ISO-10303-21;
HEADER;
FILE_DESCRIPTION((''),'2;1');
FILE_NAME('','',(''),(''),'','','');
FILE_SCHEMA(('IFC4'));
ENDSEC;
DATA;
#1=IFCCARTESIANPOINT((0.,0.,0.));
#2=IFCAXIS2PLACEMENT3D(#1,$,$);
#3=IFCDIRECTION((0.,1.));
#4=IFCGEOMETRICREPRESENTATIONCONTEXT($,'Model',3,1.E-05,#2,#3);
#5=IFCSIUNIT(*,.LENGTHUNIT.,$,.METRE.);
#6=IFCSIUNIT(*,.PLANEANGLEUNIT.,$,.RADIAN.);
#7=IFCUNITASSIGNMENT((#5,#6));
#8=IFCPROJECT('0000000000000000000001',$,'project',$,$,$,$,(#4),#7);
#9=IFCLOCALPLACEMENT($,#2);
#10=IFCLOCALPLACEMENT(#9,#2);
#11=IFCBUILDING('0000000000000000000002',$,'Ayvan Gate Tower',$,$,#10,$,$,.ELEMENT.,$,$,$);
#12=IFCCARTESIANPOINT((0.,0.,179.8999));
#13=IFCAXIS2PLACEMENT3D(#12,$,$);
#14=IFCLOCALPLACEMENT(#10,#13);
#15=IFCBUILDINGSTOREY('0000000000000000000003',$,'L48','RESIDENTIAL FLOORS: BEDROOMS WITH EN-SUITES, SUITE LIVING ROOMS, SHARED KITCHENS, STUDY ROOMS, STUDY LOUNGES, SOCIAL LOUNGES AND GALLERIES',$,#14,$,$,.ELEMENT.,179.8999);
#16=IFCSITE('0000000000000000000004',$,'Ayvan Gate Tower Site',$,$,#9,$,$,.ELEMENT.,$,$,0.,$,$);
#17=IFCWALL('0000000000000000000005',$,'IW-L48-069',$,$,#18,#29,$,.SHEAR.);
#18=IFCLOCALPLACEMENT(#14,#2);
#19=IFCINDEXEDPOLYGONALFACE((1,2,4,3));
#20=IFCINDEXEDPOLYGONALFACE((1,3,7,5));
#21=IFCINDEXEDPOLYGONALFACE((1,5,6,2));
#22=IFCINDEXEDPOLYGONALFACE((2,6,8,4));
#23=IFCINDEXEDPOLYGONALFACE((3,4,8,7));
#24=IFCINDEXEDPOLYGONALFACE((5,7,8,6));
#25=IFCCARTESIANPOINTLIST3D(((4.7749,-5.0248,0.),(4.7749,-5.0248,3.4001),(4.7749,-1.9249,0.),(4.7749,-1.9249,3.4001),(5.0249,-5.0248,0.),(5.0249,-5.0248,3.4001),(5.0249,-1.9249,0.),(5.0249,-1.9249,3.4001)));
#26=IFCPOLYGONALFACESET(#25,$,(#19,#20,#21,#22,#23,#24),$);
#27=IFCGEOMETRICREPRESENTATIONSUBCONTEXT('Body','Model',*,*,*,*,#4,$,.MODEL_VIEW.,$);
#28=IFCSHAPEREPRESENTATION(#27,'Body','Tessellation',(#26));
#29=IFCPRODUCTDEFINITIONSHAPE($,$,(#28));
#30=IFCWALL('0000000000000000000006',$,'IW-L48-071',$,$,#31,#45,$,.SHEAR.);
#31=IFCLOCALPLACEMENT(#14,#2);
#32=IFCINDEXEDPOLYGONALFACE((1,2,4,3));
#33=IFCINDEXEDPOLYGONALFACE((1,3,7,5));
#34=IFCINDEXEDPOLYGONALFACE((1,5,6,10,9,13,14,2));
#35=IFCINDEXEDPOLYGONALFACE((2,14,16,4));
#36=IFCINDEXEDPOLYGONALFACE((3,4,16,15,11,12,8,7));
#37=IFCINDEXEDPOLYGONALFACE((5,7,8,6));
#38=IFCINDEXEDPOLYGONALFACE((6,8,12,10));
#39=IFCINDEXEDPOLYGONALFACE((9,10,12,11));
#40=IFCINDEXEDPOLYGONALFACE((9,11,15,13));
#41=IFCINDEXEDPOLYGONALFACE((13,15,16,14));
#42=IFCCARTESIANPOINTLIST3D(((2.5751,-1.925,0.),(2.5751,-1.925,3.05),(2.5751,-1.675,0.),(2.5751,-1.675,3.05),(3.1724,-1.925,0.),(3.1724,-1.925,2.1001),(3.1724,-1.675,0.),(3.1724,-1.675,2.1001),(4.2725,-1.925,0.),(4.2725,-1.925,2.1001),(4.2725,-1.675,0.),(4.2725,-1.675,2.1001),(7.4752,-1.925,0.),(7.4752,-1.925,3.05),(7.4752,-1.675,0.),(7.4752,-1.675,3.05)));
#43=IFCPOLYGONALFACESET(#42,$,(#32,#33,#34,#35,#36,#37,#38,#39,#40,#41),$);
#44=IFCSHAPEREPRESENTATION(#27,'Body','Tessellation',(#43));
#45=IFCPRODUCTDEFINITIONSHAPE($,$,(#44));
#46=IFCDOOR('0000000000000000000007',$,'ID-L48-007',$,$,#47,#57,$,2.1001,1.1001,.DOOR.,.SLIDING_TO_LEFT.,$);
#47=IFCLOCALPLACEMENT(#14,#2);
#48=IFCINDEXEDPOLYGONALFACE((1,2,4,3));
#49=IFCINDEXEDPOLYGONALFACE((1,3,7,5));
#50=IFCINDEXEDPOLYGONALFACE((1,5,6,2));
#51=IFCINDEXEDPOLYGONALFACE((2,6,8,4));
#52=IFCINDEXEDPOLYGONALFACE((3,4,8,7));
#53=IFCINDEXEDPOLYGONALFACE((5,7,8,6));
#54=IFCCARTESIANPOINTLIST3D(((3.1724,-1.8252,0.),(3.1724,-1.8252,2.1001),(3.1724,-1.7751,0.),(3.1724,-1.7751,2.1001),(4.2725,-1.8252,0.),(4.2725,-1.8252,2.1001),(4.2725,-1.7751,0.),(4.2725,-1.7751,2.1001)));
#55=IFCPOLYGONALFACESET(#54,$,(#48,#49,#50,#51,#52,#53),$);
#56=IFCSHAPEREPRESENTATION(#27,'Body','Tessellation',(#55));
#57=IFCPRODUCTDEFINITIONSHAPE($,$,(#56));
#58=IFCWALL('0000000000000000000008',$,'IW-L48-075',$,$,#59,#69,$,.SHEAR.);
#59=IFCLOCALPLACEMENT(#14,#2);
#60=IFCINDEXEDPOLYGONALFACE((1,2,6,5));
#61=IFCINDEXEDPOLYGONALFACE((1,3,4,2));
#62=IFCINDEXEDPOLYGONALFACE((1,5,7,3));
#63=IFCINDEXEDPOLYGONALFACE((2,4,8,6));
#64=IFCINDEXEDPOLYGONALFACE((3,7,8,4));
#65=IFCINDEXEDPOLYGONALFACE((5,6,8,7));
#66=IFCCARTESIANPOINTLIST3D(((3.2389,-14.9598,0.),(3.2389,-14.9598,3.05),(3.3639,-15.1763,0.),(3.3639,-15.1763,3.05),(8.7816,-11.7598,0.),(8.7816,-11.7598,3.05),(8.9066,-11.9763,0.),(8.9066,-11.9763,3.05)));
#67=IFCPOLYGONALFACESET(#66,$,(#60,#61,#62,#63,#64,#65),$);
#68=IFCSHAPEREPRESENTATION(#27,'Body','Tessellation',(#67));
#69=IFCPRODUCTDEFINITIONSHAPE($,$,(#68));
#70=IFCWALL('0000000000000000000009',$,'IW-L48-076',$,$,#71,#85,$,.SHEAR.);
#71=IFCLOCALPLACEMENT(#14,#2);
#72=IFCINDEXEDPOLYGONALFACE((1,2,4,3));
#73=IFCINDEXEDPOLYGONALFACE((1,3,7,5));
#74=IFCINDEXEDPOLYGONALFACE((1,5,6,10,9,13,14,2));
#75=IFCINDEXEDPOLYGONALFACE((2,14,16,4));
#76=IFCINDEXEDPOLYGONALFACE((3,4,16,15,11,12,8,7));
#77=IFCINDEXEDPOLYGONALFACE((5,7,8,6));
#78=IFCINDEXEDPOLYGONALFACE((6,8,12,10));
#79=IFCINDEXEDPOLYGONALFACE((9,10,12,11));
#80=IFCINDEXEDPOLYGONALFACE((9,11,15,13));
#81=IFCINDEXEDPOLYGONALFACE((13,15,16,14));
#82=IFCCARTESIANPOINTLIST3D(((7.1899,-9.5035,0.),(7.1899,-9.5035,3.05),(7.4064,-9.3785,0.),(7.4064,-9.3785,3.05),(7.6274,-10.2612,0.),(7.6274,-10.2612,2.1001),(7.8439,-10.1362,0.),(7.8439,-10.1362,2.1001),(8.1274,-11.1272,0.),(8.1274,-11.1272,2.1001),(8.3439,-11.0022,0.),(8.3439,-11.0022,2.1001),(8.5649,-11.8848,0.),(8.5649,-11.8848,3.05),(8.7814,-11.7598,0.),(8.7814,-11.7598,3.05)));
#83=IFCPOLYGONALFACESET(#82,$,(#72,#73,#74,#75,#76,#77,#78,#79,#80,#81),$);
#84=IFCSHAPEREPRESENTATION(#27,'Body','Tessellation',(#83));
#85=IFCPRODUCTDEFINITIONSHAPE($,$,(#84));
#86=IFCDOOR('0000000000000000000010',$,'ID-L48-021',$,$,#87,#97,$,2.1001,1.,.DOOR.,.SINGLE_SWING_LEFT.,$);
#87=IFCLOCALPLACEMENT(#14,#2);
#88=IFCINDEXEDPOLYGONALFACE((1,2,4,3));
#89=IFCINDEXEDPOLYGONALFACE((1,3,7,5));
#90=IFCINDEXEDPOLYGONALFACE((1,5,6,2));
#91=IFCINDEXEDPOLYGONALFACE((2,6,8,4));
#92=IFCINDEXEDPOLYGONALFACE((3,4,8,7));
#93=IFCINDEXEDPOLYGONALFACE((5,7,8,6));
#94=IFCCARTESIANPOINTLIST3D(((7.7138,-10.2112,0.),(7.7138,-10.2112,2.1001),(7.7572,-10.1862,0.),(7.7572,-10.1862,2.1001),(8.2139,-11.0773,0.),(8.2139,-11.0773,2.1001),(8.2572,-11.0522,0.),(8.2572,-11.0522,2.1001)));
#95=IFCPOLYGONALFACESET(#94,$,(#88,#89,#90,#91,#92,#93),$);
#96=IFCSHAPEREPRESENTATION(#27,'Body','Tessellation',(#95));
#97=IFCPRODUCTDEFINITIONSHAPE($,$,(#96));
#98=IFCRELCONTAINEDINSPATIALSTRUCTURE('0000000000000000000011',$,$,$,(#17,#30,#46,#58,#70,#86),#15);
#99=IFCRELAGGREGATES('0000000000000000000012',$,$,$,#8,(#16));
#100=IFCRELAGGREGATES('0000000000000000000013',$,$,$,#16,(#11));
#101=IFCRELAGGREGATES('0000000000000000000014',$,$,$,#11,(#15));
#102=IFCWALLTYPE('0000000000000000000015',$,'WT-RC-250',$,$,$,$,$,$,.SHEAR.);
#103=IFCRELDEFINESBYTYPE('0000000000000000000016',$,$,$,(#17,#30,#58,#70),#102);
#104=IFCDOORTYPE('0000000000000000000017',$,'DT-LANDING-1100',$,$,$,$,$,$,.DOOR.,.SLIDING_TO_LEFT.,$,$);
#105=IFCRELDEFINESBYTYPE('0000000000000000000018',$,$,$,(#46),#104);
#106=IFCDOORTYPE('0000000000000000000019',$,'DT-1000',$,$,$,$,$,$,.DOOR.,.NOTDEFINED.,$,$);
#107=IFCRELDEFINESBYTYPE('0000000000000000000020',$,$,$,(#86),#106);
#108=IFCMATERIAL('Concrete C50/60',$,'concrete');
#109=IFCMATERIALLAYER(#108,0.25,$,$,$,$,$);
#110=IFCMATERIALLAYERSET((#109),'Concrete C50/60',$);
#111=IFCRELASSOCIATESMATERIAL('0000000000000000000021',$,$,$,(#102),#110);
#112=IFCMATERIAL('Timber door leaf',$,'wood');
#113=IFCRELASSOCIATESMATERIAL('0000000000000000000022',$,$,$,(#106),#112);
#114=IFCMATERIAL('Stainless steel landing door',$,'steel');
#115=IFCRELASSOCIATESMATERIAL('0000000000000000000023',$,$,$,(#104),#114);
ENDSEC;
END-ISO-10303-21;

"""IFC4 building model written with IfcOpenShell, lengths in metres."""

from ifc_helpers import new_model, si_unit, direction, frame, frame_2d, origin, place, context, subcontext, project, spatial, rectangle, extrude, material, layer, layer_set, type_object, element, fill, save


model = new_model("IFC4")

# Units and contexts
model_context = context("Model", 3, precision=1e-05, world=origin(), true_north=direction((0.0, 1.0)))
body_context = subcontext(model_context, "Body", "Model", "MODEL_VIEW")
ifc_project = project(units=[si_unit("LENGTHUNIT", "METRE"), si_unit("PLANEANGLEUNIT", "RADIAN")], contexts=[model_context])

# Site, building, storey
site_placement = place(None, origin())
site = spatial("IfcSite", under=ifc_project, at=site_placement, Name="Ayvan Gate Tower Site", CompositionType="ELEMENT", RefElevation=0.0)
building_placement = place(site_placement, origin())
building = spatial("IfcBuilding", under=site, at=building_placement, Name="Ayvan Gate Tower", CompositionType="ELEMENT")
storey_placement = place(building_placement, frame((0.0, 0.0, 179.8999)))
storey = spatial("IfcBuildingStorey", under=building, at=storey_placement, Name="L48", Description="RESIDENTIAL FLOORS: BEDROOMS WITH EN-SUITES, SUITE LIVING ROOMS, SHARED KITCHENS, STUDY ROOMS, STUDY LOUNGES, SOCIAL LOUNGES AND GALLERIES", CompositionType="ELEMENT", Elevation=179.8999)

# Shared definitions
ifc_material_1 = material(Name="Timber door leaf", Category="wood")

# Shared definitions
ifc_material_2 = material(Name="Concrete C50/60", Category="concrete")
ifc_layer_1 = layer(ifc_material_2, 0.25)
ifc_layer_set_1 = layer_set([ifc_layer_1], Name="Concrete C50/60")
wall_type_1 = type_object("IfcWallType", Name="WT-RC-250", PredefinedType="SHEAR", material=ifc_layer_set_1)
door_type_1 = type_object("IfcDoorType", Name="DT-1000", OperationType="NOTDEFINED", PredefinedType="DOOR", material=ifc_material_1)

# Wall
wall_1_placement = place(storey_placement, frame((4.8999, -1.925, 0.0), z_axis=(0.0, 0.0, 1.0), x_axis=(0.0, -1.0, 0.0)))
element("IfcWall", 1, at=wall_1_placement, inside=storey, type_object=wall_type_1, Name="IW-L48-069", PredefinedType="SHEAR", context=body_context, shape_type="SweptSolid", body=[
    extrude(rectangle(XDim=3.0999, YDim=0.25, at=frame_2d((1.5498, 0.0))), origin(), (0.0, 0.0, 1.0), 3.4001),
])

# Wall, opening, door
wall_2_placement = place(storey_placement, frame((2.575, -1.8, 0.0), z_axis=(0.0, 0.0, 1.0), x_axis=(1.0, 0.0, 0.0)))
wall_2 = element("IfcWall", 2, at=wall_2_placement, inside=storey, type_object=wall_type_1, Name="IW-L48-071", PredefinedType="SHEAR", context=body_context, shape_type="SweptSolid", body=[
    extrude(rectangle(XDim=4.9001, YDim=0.25, at=frame_2d((2.4502, 0.0))), origin(), (0.0, 0.0, 1.0), 3.05),
])
opening_1_placement = place(wall_2_placement, frame((0.5974, 0.0, 0.0)))
opening_1 = element("IfcOpeningElement", 3, at=opening_1_placement, cuts=wall_2, PredefinedType="OPENING", context=body_context, shape_type="SweptSolid", body=[
    extrude(rectangle(XDim=1.1001, YDim=2.1001, at=frame_2d((0.55, 1.05))), frame((0.0, 0.135, 0.0), z_axis=(0.0, -1.0, 0.0), x_axis=(1.0, 0.0, 0.0)), (0.0, 0.0, 1.0), 0.27),
])
ifc_material_3 = material(Name="Stainless steel landing door", Category="steel")
door_type_2 = type_object("IfcDoorType", Name="DT-LANDING-1100", OperationType="SLIDING_TO_LEFT", PredefinedType="DOOR", material=ifc_material_3)
door_1_placement = place(opening_1_placement, origin())
door_1 = element("IfcDoor", 4, at=door_1_placement, inside=storey, type_object=door_type_2, Name="ID-L48-007", OperationType="SLIDING_TO_LEFT", OverallHeight=2.1001, OverallWidth=1.1001, PredefinedType="DOOR", context=body_context, shape_type="SweptSolid", body=[
    extrude(rectangle(XDim=1.1001, YDim=2.1001, at=frame_2d((0.55, 1.05))), frame((0.0, 0.0249, 0.0), z_axis=(0.0, -1.0, 0.0), x_axis=(1.0, 0.0, 0.0)), (0.0, 0.0, 1.0), 0.05),
])
fill(opening_1, door_1)

# Wall
wall_3_placement = place(storey_placement, frame((3.3013, -15.0681, 0.0), z_axis=(0.0, 0.0, 1.0), x_axis=(0.866035, 0.499983, 0.0)))
element("IfcWall", 5, at=wall_3_placement, inside=storey, type_object=wall_type_1, Name="IW-L48-075", PredefinedType="SHEAR", context=body_context, shape_type="SweptSolid", body=[
    extrude(rectangle(XDim=6.4001, YDim=0.25, at=frame_2d((3.2002, 0.0))), origin(), (0.0, 0.0, 1.0), 3.05),
])

# Wall, opening, door
wall_4_placement = place(storey_placement, frame((7.2981, -9.4409, 0.0), z_axis=(0.0, 0.0, 1.0), x_axis=(0.500035, -0.866005, 0.0)))
wall_4 = element("IfcWall", 6, at=wall_4_placement, inside=storey, type_object=wall_type_1, Name="IW-L48-076", PredefinedType="SHEAR", context=body_context, shape_type="SweptSolid", body=[
    extrude(rectangle(XDim=2.7498, YDim=0.25, at=frame_2d((1.375, 0.0))), origin(), (0.0, 0.0, 1.0), 3.05),
])
opening_2_placement = place(wall_4_placement, frame((0.875, 0.0, 0.0)))
opening_2 = element("IfcOpeningElement", 7, at=opening_2_placement, cuts=wall_4, PredefinedType="OPENING", context=body_context, shape_type="SweptSolid", body=[
    extrude(rectangle(XDim=1.0, YDim=2.1001, at=frame_2d((0.5, 1.05))), frame((0.0, 0.135, 0.0), z_axis=(0.0, -1.0, 0.0), x_axis=(1.0, 0.0, 0.0)), (0.0, 0.0, 1.0), 0.27),
])
door_2_placement = place(opening_2_placement, origin())
door_2 = element("IfcDoor", 8, at=door_2_placement, inside=storey, type_object=door_type_1, Name="ID-L48-021", OperationType="SINGLE_SWING_LEFT", OverallHeight=2.1001, OverallWidth=1.0, PredefinedType="DOOR", context=body_context, shape_type="SweptSolid", body=[
    extrude(rectangle(XDim=1.0, YDim=2.1001, at=frame_2d((0.5, 1.05))), frame((0.0, 0.0249, 0.0), z_axis=(0.0, -1.0, 0.0), x_axis=(1.0, 0.0, 0.0)), (0.0, 0.0, 1.0), 0.05),
])
fill(opening_2, door_2)

save(model, "model.ifc")
